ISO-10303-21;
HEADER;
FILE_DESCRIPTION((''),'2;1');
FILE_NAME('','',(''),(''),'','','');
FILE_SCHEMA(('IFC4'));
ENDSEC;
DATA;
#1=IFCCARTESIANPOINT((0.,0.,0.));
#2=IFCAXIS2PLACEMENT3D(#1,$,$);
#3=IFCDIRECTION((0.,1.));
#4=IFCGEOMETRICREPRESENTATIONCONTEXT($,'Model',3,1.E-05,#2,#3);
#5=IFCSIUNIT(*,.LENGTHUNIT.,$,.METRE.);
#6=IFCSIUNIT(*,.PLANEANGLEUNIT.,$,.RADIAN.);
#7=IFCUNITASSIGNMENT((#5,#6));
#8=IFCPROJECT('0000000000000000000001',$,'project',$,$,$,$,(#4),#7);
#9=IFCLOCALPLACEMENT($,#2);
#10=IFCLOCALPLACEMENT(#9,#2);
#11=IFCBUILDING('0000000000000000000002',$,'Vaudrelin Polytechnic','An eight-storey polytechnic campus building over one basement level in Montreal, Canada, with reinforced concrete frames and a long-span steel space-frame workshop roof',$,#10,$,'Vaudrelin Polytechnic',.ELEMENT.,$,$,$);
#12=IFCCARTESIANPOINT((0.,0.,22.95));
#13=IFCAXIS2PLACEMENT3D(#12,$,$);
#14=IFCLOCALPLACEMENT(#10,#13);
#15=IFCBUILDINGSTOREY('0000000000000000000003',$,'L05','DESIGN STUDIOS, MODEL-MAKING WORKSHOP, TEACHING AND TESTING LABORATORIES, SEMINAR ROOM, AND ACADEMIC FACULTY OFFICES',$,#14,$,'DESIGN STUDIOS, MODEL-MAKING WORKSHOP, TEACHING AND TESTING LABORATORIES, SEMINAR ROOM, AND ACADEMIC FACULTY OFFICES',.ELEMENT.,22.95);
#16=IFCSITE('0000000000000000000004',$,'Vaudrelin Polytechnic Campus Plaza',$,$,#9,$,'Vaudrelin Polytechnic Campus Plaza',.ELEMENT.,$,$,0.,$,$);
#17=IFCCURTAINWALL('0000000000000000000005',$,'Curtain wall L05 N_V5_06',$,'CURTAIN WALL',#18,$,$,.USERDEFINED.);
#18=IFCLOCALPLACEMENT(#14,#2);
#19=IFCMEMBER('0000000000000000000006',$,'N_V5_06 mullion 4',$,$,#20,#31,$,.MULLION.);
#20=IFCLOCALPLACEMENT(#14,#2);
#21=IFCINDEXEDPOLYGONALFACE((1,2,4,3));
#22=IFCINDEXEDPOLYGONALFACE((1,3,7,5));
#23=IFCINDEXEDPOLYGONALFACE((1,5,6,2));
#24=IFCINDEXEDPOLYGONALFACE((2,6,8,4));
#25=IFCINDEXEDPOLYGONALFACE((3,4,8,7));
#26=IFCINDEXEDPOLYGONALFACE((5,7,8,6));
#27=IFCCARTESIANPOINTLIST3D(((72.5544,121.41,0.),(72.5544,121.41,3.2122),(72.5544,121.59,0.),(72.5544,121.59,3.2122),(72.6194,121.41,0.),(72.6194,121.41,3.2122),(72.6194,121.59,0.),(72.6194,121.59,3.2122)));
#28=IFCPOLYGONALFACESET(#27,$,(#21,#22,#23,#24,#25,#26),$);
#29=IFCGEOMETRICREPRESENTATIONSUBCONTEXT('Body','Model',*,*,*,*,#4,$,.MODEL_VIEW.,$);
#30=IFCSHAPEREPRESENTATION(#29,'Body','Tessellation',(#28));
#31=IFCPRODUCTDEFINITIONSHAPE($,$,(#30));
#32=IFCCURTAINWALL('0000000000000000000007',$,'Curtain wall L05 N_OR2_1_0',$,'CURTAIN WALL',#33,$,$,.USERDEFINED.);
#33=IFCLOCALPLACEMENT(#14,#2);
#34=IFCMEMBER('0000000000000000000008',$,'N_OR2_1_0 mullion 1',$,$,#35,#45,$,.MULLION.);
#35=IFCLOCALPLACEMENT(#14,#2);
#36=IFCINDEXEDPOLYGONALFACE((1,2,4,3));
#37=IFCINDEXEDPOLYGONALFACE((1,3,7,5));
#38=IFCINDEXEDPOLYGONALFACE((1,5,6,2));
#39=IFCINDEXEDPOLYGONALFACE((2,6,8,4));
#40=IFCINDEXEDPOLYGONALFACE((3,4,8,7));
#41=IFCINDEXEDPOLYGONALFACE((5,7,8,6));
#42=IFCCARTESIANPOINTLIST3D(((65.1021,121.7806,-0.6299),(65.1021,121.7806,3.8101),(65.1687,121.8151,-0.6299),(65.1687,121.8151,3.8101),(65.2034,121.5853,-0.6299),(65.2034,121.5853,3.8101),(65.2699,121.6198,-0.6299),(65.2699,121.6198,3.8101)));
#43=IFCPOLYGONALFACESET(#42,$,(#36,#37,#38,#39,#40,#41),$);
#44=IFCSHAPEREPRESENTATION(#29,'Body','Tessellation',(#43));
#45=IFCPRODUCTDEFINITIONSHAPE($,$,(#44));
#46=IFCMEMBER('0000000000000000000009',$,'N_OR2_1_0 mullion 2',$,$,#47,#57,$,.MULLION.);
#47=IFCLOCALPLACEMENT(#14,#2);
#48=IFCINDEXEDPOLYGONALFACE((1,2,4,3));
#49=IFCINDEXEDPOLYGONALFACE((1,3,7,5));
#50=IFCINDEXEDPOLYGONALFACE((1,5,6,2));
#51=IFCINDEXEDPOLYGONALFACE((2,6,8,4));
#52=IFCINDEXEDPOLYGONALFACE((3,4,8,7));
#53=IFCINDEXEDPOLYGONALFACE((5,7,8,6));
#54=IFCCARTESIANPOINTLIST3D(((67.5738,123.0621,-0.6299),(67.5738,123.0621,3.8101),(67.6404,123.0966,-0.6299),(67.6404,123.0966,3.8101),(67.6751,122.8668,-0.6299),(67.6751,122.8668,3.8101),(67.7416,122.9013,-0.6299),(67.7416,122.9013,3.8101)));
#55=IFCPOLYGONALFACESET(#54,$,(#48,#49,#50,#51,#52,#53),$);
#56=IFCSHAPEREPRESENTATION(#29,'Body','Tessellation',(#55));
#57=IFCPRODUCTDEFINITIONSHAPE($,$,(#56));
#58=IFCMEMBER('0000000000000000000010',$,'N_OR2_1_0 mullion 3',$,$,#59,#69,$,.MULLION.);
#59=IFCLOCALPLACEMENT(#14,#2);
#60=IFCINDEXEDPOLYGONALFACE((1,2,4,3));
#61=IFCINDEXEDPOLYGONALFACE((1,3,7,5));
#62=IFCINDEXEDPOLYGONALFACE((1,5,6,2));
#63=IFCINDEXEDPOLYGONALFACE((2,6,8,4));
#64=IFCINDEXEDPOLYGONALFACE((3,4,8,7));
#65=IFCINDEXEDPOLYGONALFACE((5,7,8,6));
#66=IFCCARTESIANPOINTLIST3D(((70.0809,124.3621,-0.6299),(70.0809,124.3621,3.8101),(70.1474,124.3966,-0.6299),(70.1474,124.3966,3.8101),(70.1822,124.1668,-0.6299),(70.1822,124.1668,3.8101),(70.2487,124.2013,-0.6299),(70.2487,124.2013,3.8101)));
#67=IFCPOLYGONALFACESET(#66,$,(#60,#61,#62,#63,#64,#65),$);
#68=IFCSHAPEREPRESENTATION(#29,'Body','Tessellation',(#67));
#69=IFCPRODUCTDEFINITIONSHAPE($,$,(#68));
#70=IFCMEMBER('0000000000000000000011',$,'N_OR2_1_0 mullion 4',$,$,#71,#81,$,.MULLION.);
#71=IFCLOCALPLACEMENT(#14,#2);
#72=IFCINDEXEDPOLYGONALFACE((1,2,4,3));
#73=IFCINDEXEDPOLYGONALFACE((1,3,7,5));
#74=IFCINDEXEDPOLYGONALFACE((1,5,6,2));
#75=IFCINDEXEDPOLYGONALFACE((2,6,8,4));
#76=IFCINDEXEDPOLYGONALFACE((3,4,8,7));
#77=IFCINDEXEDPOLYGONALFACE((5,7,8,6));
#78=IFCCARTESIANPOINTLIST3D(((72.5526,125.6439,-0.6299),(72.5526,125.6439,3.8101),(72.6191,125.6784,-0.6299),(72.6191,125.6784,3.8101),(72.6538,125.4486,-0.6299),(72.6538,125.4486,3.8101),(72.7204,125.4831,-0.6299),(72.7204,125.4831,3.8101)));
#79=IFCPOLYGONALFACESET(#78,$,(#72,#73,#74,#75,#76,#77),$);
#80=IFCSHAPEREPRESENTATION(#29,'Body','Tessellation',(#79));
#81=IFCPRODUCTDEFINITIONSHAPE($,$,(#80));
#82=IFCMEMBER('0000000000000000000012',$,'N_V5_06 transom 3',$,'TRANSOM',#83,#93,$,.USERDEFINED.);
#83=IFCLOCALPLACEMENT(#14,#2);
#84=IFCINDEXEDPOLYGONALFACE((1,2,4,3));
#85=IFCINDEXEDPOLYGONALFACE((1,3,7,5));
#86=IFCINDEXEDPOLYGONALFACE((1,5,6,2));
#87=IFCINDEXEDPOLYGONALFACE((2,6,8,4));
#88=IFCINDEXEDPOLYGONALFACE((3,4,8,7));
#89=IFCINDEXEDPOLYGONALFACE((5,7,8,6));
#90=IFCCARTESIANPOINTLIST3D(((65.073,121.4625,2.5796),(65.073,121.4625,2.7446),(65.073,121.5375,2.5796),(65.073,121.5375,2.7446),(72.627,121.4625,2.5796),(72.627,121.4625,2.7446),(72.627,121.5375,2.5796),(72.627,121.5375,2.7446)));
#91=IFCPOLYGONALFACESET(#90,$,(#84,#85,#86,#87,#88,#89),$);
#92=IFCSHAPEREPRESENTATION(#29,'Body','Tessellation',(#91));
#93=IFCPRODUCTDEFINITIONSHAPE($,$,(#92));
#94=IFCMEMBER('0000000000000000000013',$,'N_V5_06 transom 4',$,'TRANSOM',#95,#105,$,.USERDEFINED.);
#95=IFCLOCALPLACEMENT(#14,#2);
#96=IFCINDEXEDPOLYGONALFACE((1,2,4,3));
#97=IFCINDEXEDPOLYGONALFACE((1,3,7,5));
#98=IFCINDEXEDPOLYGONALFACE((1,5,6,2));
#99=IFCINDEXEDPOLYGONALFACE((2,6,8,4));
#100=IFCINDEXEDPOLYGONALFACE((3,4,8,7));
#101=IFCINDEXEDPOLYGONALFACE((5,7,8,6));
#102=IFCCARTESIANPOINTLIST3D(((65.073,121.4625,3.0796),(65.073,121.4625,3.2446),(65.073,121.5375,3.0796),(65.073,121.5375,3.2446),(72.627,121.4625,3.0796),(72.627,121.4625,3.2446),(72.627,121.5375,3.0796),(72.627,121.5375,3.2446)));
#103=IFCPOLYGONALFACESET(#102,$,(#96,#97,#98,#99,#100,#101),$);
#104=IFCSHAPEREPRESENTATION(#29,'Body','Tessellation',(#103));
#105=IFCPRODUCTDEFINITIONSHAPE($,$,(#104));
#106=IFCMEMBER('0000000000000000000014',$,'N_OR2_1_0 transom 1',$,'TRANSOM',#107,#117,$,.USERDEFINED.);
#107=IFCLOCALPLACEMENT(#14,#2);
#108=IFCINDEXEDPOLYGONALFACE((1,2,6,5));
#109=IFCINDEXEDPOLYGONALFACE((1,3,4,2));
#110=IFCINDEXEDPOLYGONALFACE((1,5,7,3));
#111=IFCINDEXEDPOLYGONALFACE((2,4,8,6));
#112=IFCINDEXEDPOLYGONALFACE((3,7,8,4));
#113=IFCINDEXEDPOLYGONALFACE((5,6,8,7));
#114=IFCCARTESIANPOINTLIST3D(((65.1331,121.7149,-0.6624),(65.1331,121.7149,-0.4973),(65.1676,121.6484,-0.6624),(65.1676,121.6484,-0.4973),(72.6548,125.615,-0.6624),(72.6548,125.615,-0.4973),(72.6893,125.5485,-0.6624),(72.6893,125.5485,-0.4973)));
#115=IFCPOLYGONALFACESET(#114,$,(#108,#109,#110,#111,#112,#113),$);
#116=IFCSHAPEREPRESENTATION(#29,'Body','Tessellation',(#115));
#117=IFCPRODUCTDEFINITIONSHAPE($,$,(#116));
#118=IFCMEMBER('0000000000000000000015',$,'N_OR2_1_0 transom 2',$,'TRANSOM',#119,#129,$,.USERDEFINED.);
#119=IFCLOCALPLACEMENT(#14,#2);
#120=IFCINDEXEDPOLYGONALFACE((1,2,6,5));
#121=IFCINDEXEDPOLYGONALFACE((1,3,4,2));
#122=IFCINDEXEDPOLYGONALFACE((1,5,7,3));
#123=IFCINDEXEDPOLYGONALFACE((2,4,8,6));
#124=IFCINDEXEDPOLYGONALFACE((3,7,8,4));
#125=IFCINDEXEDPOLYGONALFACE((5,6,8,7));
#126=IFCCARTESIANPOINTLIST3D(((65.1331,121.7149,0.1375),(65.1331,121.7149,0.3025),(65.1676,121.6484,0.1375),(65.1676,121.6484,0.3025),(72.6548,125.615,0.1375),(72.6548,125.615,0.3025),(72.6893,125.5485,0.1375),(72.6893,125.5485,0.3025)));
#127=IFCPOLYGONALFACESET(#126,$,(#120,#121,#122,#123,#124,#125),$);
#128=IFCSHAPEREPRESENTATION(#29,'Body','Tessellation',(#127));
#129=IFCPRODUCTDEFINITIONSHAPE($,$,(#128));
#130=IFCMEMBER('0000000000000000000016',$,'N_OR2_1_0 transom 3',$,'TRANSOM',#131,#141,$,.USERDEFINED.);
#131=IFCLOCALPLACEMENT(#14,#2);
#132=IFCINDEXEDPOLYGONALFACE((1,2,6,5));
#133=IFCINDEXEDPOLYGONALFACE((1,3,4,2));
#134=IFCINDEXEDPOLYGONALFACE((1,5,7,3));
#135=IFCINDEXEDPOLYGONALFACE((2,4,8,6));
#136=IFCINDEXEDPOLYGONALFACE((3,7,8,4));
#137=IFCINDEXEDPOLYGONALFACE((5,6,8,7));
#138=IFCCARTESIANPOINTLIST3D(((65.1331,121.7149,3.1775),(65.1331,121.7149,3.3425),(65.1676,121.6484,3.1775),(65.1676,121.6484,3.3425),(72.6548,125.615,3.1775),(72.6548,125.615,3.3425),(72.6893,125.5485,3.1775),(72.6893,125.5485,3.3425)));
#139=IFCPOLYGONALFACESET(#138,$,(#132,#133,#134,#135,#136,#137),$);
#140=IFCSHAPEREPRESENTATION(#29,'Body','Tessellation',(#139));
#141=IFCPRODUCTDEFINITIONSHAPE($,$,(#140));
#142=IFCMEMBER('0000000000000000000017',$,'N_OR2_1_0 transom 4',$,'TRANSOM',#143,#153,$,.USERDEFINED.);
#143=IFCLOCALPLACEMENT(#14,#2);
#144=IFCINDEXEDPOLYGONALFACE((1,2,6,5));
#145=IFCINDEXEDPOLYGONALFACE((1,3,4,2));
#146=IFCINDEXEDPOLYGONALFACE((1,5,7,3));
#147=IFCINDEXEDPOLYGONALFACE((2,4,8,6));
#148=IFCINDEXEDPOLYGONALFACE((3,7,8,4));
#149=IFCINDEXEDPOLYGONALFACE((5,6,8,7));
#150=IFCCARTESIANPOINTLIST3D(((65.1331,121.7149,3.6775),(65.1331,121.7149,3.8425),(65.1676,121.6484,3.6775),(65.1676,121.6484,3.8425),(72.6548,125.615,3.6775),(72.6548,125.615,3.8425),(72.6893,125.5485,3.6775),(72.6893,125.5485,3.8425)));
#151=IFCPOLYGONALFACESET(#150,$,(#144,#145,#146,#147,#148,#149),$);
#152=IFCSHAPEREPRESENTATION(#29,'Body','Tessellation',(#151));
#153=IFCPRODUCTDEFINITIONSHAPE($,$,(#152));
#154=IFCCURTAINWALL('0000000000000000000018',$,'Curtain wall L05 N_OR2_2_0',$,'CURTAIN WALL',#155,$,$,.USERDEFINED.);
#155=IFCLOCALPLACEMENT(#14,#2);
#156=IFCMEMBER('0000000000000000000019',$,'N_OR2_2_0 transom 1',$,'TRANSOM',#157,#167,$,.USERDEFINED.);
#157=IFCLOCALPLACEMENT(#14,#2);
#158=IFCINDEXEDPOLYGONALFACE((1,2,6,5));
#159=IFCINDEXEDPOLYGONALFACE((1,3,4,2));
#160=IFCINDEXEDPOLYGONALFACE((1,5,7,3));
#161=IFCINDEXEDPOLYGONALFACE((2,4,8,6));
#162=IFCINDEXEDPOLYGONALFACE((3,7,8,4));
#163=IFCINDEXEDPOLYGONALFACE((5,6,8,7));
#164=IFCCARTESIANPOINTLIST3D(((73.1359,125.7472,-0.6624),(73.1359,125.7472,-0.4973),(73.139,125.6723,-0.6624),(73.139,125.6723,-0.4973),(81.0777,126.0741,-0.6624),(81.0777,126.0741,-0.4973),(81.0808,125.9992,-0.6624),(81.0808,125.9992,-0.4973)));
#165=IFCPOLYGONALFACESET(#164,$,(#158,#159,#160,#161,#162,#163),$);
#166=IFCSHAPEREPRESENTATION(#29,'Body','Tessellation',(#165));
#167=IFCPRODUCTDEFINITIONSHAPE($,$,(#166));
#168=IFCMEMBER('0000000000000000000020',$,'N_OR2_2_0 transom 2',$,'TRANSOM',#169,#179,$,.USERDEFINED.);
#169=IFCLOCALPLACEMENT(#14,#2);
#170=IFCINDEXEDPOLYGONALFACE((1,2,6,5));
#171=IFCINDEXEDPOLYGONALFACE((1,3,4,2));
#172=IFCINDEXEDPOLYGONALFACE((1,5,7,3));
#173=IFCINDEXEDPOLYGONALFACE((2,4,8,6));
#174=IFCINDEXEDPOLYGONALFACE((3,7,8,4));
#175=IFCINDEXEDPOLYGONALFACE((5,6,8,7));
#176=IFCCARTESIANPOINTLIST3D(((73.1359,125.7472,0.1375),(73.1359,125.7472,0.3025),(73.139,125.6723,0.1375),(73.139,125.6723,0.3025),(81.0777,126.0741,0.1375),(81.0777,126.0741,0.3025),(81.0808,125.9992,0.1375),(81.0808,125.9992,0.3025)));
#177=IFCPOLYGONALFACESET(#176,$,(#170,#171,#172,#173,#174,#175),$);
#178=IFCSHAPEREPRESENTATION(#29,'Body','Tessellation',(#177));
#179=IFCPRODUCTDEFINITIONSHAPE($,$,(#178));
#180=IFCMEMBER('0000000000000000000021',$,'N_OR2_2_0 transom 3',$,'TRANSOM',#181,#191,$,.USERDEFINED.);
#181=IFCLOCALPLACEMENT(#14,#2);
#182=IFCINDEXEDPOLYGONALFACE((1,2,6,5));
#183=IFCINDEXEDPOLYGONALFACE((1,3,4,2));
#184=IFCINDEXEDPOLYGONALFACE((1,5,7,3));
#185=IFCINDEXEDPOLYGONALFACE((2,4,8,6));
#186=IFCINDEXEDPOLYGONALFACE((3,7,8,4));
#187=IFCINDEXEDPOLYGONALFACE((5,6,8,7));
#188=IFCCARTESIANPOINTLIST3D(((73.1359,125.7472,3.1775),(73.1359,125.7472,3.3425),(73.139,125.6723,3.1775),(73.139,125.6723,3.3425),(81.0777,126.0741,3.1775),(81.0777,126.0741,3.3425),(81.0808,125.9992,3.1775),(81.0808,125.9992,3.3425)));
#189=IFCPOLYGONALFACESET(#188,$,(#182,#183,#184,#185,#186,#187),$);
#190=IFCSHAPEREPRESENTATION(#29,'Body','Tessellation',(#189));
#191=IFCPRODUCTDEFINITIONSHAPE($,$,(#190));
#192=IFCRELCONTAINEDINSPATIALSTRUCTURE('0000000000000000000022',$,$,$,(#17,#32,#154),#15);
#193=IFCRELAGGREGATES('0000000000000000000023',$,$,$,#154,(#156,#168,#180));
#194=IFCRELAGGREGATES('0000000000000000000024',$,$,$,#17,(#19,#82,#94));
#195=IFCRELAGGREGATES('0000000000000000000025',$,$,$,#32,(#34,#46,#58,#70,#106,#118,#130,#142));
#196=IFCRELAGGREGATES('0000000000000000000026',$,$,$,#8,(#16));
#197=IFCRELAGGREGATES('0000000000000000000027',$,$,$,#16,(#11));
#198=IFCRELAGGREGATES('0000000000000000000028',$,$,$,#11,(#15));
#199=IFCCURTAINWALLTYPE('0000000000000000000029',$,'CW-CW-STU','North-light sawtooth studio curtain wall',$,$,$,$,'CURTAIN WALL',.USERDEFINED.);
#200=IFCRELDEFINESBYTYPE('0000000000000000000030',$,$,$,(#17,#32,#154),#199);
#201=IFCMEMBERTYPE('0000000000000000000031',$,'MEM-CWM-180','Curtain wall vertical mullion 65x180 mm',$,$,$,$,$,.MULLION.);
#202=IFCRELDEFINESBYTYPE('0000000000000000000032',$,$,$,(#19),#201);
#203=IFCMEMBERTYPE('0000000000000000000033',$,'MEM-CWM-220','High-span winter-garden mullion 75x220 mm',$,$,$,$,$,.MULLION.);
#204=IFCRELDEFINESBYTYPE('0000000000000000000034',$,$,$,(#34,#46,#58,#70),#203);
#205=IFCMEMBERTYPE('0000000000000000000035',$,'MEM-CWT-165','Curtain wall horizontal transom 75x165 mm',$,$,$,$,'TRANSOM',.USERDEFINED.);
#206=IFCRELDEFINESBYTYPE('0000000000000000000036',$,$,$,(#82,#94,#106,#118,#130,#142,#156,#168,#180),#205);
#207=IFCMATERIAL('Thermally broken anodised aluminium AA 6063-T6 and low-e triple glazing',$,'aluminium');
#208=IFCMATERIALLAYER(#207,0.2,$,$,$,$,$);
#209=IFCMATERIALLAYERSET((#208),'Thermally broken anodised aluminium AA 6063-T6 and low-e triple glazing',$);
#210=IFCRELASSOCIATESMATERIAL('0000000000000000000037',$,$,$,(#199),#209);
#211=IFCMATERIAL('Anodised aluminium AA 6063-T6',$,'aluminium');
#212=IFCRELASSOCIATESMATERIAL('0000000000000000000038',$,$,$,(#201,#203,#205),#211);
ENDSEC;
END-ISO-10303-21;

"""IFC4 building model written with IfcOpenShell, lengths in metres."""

from ifc_helpers import new_model, si_unit, direction, frame, origin, origin_2d, place, context, subcontext, project, spatial, rectangle, extrude, material, layer, layer_set, material_profile, profile_set, type_object, element, aggregate, save


model = new_model("IFC4")

# Units and contexts
model_context = context("Model", 3, precision=1e-05, world=origin(), true_north=direction((0.0, 1.0)))
body_context = subcontext(model_context, "Body", "Model", "MODEL_VIEW")
ifc_project = project(units=[si_unit("LENGTHUNIT", "METRE"), si_unit("PLANEANGLEUNIT", "RADIAN")], contexts=[model_context])

# Site, building, storey
site_placement = place(None, origin())
site = spatial("IfcSite", under=ifc_project, at=site_placement, Name="Vaudrelin Polytechnic Campus Plaza", LongName="Vaudrelin Polytechnic Campus Plaza", CompositionType="ELEMENT", RefElevation=0.0)
building_placement = place(site_placement, origin())
building = spatial("IfcBuilding", under=site, at=building_placement, Name="Vaudrelin Polytechnic", Description="An eight-storey polytechnic campus building over one basement level in Montreal, Canada, with reinforced concrete frames and a long-span steel space-frame workshop roof", LongName="Vaudrelin Polytechnic", CompositionType="ELEMENT")
storey_placement = place(building_placement, frame((0.0, 0.0, 22.95)))
storey = spatial("IfcBuildingStorey", under=building, at=storey_placement, Name="L05", Description="DESIGN STUDIOS, MODEL-MAKING WORKSHOP, TEACHING AND TESTING LABORATORIES, SEMINAR ROOM, AND ACADEMIC FACULTY OFFICES", LongName="DESIGN STUDIOS, MODEL-MAKING WORKSHOP, TEACHING AND TESTING LABORATORIES, SEMINAR ROOM, AND ACADEMIC FACULTY OFFICES", CompositionType="ELEMENT", Elevation=22.95)

# Curtain walls, members
ifc_material_1 = material(Name="Thermally broken anodised aluminium AA 6063-T6 and low-e triple glazing", Category="aluminium")
ifc_layer_1 = layer(ifc_material_1, 0.2)
ifc_layer_set_1 = layer_set([ifc_layer_1], Name="Thermally broken anodised aluminium AA 6063-T6 and low-e triple glazing")
curtain_wall_type = type_object("IfcCurtainWallType", Name="CW-CW-STU", Description="North-light sawtooth studio curtain wall", ElementType="CURTAIN WALL", PredefinedType="USERDEFINED", material=ifc_layer_set_1)
curtain_wall_1_placement = place(storey_placement, origin())
curtain_wall_1 = element("IfcCurtainWall", 1, at=curtain_wall_1_placement, inside=storey, type_object=curtain_wall_type, Name="Curtain wall L05 N_V5_06", ObjectType="CURTAIN WALL", PredefinedType="USERDEFINED")
ifc_material_2 = material(Name="Anodised aluminium AA 6063-T6", Category="aluminium")
ifc_material_profile_1 = material_profile(ifc_material_2, rectangle(XDim=0.0649, YDim=0.1799, at=origin_2d()), Name="CWM-65x180")
ifc_profile_set_1 = profile_set([ifc_material_profile_1], Name="Anodised aluminium AA 6063-T6")
member_type_1 = type_object("IfcMemberType", Name="MEM-CWM-180", Description="Curtain wall vertical mullion 65x180 mm", PredefinedType="MULLION", material=ifc_profile_set_1)
member_1_placement = place(storey_placement, frame((72.5869, 121.5, 0.0), z_axis=(0.0, 0.0, 1.0), x_axis=(1.0, 0.0, 0.0)))
member_1 = element("IfcMember", 2, at=member_1_placement, type_object=member_type_1, Name="N_V5_06 mullion 4", PredefinedType="MULLION", context=body_context, shape_type="SweptSolid", body=[
    extrude(rectangle(XDim=0.0649, YDim=0.1799, at=origin_2d()), origin(), (0.0, 0.0, 1.0), 3.2122),
])
curtain_wall_2_placement = place(storey_placement, origin())
curtain_wall_2 = element("IfcCurtainWall", 3, at=curtain_wall_2_placement, inside=storey, type_object=curtain_wall_type, Name="Curtain wall L05 N_OR2_1_0", ObjectType="CURTAIN WALL", PredefinedType="USERDEFINED")
ifc_material_profile_2 = material_profile(ifc_material_2, rectangle(XDim=0.075, YDim=0.22, at=origin_2d()), Name="CWM-75x220")
ifc_profile_set_2 = profile_set([ifc_material_profile_2], Name="Anodised aluminium AA 6063-T6")
member_type_2 = type_object("IfcMemberType", Name="MEM-CWM-220", Description="High-span winter-garden mullion 75x220 mm", PredefinedType="MULLION", material=ifc_profile_set_2)
member_2_placement = place(storey_placement, frame((65.186, 121.7002, -0.6299), z_axis=(0.0, 0.0, 1.0), x_axis=(0.887751, 0.460323, 0.0)))
member_2 = element("IfcMember", 4, at=member_2_placement, type_object=member_type_2, Name="N_OR2_1_0 mullion 1", PredefinedType="MULLION", context=body_context, shape_type="SweptSolid", body=[
    extrude(rectangle(XDim=0.075, YDim=0.22, at=origin_2d()), origin(), (0.0, 0.0, 1.0), 4.4399),
])
member_3_placement = place(storey_placement, frame((67.6577, 122.9817, -0.6299), z_axis=(0.0, 0.0, 1.0), x_axis=(0.887751, 0.460323, 0.0)))
member_3 = element("IfcMember", 5, at=member_3_placement, type_object=member_type_2, Name="N_OR2_1_0 mullion 2", PredefinedType="MULLION", context=body_context, shape_type="SweptSolid", body=[
    extrude(rectangle(XDim=0.075, YDim=0.22, at=origin_2d()), origin(), (0.0, 0.0, 1.0), 4.4399),
])
member_4_placement = place(storey_placement, frame((70.1648, 124.2817, -0.6299), z_axis=(0.0, 0.0, 1.0), x_axis=(0.887751, 0.460323, 0.0)))
member_4 = element("IfcMember", 6, at=member_4_placement, type_object=member_type_2, Name="N_OR2_1_0 mullion 3", PredefinedType="MULLION", context=body_context, shape_type="SweptSolid", body=[
    extrude(rectangle(XDim=0.075, YDim=0.22, at=origin_2d()), origin(), (0.0, 0.0, 1.0), 4.4399),
])
member_5_placement = place(storey_placement, frame((72.6365, 125.5635, -0.6299), z_axis=(0.0, 0.0, 1.0), x_axis=(0.887751, 0.460323, 0.0)))
member_5 = element("IfcMember", 7, at=member_5_placement, type_object=member_type_2, Name="N_OR2_1_0 mullion 4", PredefinedType="MULLION", context=body_context, shape_type="SweptSolid", body=[
    extrude(rectangle(XDim=0.075, YDim=0.22, at=origin_2d()), origin(), (0.0, 0.0, 1.0), 4.4399),
])

# Members
ifc_material_profile_3 = material_profile(ifc_material_2, rectangle(XDim=0.075, YDim=0.165, at=origin_2d()), Name="CWT-75x165")
ifc_profile_set_3 = profile_set([ifc_material_profile_3], Name="Anodised aluminium AA 6063-T6")
member_type_3 = type_object("IfcMemberType", Name="MEM-CWT-165", Description="Curtain wall horizontal transom 75x165 mm", ElementType="TRANSOM", PredefinedType="USERDEFINED", material=ifc_profile_set_3)
member_6_placement = place(storey_placement, frame((65.073, 121.5, 2.6621), z_axis=(1.0, 0.0, 0.0), x_axis=(0.0, 1.0, 0.0)))
member_6 = element("IfcMember", 8, at=member_6_placement, type_object=member_type_3, Name="N_V5_06 transom 3", ObjectType="TRANSOM", PredefinedType="USERDEFINED", context=body_context, shape_type="SweptSolid", body=[
    extrude(rectangle(XDim=0.075, YDim=0.165, at=origin_2d()), origin(), (0.0, 0.0, 1.0), 7.554),
])
member_7_placement = place(storey_placement, frame((65.073, 121.5, 3.1621), z_axis=(1.0, 0.0, 0.0), x_axis=(0.0, 1.0, 0.0)))
member_7 = element("IfcMember", 9, at=member_7_placement, type_object=member_type_3, Name="N_V5_06 transom 4", ObjectType="TRANSOM", PredefinedType="USERDEFINED", context=body_context, shape_type="SweptSolid", body=[
    extrude(rectangle(XDim=0.075, YDim=0.165, at=origin_2d()), origin(), (0.0, 0.0, 1.0), 7.554),
])
member_8_placement = place(storey_placement, frame((65.1504, 121.6816, -0.5798), z_axis=(0.887755, 0.460316, 0.0), x_axis=(-0.460316, 0.887755, 0.0)))
member_8 = element("IfcMember", 10, at=member_8_placement, type_object=member_type_3, Name="N_OR2_1_0 transom 1", ObjectType="TRANSOM", PredefinedType="USERDEFINED", context=body_context, shape_type="SweptSolid", body=[
    extrude(rectangle(XDim=0.075, YDim=0.165, at=origin_2d()), origin(), (0.0, 0.0, 1.0), 8.4727),
])
member_9_placement = place(storey_placement, frame((65.1504, 121.6816, 0.22), z_axis=(0.887755, 0.460316, 0.0), x_axis=(-0.460316, 0.887755, 0.0)))
member_9 = element("IfcMember", 11, at=member_9_placement, type_object=member_type_3, Name="N_OR2_1_0 transom 2", ObjectType="TRANSOM", PredefinedType="USERDEFINED", context=body_context, shape_type="SweptSolid", body=[
    extrude(rectangle(XDim=0.075, YDim=0.165, at=origin_2d()), origin(), (0.0, 0.0, 1.0), 8.4727),
])
member_10_placement = place(storey_placement, frame((65.1504, 121.6816, 3.26), z_axis=(0.887755, 0.460316, 0.0), x_axis=(-0.460316, 0.887755, 0.0)))
member_10 = element("IfcMember", 12, at=member_10_placement, type_object=member_type_3, Name="N_OR2_1_0 transom 3", ObjectType="TRANSOM", PredefinedType="USERDEFINED", context=body_context, shape_type="SweptSolid", body=[
    extrude(rectangle(XDim=0.075, YDim=0.165, at=origin_2d()), origin(), (0.0, 0.0, 1.0), 8.4727),
])
member_11_placement = place(storey_placement, frame((65.1504, 121.6816, 3.76), z_axis=(0.887755, 0.460316, 0.0), x_axis=(-0.460316, 0.887755, 0.0)))
member_11 = element("IfcMember", 13, at=member_11_placement, type_object=member_type_3, Name="N_OR2_1_0 transom 4", ObjectType="TRANSOM", PredefinedType="USERDEFINED", context=body_context, shape_type="SweptSolid", body=[
    extrude(rectangle(XDim=0.075, YDim=0.165, at=origin_2d()), origin(), (0.0, 0.0, 1.0), 8.4727),
])

# Curtain wall, members
curtain_wall_3_placement = place(storey_placement, origin())
curtain_wall_3 = element("IfcCurtainWall", 14, at=curtain_wall_3_placement, inside=storey, type_object=curtain_wall_type, Name="Curtain wall L05 N_OR2_2_0", ObjectType="CURTAIN WALL", PredefinedType="USERDEFINED")
member_12_placement = place(storey_placement, frame((73.1375, 125.7097, -0.5798), z_axis=(0.999154, 0.041128, 0.0), x_axis=(-0.041128, 0.999154, 0.0)))
member_12 = element("IfcMember", 15, at=member_12_placement, type_object=member_type_3, Name="N_OR2_2_0 transom 1", ObjectType="TRANSOM", PredefinedType="USERDEFINED", context=body_context, shape_type="SweptSolid", body=[
    extrude(rectangle(XDim=0.075, YDim=0.165, at=origin_2d()), origin(), (0.0, 0.0, 1.0), 7.9485),
])
member_13_placement = place(storey_placement, frame((73.1375, 125.7097, 0.22), z_axis=(0.999154, 0.041128, 0.0), x_axis=(-0.041128, 0.999154, 0.0)))
member_13 = element("IfcMember", 16, at=member_13_placement, type_object=member_type_3, Name="N_OR2_2_0 transom 2", ObjectType="TRANSOM", PredefinedType="USERDEFINED", context=body_context, shape_type="SweptSolid", body=[
    extrude(rectangle(XDim=0.075, YDim=0.165, at=origin_2d()), origin(), (0.0, 0.0, 1.0), 7.9485),
])
member_14_placement = place(storey_placement, frame((73.1375, 125.7097, 3.26), z_axis=(0.999154, 0.041128, 0.0), x_axis=(-0.041128, 0.999154, 0.0)))
member_14 = element("IfcMember", 17, at=member_14_placement, type_object=member_type_3, Name="N_OR2_2_0 transom 3", ObjectType="TRANSOM", PredefinedType="USERDEFINED", context=body_context, shape_type="SweptSolid", body=[
    extrude(rectangle(XDim=0.075, YDim=0.165, at=origin_2d()), origin(), (0.0, 0.0, 1.0), 7.9485),
])
aggregate(curtain_wall_3, [member_12, member_13, member_14])

aggregate(curtain_wall_1, [member_1, member_6, member_7])
aggregate(curtain_wall_2, [member_2, member_3, member_4, member_5, member_8, member_9, member_10, member_11])

save(model, "model.ifc")
